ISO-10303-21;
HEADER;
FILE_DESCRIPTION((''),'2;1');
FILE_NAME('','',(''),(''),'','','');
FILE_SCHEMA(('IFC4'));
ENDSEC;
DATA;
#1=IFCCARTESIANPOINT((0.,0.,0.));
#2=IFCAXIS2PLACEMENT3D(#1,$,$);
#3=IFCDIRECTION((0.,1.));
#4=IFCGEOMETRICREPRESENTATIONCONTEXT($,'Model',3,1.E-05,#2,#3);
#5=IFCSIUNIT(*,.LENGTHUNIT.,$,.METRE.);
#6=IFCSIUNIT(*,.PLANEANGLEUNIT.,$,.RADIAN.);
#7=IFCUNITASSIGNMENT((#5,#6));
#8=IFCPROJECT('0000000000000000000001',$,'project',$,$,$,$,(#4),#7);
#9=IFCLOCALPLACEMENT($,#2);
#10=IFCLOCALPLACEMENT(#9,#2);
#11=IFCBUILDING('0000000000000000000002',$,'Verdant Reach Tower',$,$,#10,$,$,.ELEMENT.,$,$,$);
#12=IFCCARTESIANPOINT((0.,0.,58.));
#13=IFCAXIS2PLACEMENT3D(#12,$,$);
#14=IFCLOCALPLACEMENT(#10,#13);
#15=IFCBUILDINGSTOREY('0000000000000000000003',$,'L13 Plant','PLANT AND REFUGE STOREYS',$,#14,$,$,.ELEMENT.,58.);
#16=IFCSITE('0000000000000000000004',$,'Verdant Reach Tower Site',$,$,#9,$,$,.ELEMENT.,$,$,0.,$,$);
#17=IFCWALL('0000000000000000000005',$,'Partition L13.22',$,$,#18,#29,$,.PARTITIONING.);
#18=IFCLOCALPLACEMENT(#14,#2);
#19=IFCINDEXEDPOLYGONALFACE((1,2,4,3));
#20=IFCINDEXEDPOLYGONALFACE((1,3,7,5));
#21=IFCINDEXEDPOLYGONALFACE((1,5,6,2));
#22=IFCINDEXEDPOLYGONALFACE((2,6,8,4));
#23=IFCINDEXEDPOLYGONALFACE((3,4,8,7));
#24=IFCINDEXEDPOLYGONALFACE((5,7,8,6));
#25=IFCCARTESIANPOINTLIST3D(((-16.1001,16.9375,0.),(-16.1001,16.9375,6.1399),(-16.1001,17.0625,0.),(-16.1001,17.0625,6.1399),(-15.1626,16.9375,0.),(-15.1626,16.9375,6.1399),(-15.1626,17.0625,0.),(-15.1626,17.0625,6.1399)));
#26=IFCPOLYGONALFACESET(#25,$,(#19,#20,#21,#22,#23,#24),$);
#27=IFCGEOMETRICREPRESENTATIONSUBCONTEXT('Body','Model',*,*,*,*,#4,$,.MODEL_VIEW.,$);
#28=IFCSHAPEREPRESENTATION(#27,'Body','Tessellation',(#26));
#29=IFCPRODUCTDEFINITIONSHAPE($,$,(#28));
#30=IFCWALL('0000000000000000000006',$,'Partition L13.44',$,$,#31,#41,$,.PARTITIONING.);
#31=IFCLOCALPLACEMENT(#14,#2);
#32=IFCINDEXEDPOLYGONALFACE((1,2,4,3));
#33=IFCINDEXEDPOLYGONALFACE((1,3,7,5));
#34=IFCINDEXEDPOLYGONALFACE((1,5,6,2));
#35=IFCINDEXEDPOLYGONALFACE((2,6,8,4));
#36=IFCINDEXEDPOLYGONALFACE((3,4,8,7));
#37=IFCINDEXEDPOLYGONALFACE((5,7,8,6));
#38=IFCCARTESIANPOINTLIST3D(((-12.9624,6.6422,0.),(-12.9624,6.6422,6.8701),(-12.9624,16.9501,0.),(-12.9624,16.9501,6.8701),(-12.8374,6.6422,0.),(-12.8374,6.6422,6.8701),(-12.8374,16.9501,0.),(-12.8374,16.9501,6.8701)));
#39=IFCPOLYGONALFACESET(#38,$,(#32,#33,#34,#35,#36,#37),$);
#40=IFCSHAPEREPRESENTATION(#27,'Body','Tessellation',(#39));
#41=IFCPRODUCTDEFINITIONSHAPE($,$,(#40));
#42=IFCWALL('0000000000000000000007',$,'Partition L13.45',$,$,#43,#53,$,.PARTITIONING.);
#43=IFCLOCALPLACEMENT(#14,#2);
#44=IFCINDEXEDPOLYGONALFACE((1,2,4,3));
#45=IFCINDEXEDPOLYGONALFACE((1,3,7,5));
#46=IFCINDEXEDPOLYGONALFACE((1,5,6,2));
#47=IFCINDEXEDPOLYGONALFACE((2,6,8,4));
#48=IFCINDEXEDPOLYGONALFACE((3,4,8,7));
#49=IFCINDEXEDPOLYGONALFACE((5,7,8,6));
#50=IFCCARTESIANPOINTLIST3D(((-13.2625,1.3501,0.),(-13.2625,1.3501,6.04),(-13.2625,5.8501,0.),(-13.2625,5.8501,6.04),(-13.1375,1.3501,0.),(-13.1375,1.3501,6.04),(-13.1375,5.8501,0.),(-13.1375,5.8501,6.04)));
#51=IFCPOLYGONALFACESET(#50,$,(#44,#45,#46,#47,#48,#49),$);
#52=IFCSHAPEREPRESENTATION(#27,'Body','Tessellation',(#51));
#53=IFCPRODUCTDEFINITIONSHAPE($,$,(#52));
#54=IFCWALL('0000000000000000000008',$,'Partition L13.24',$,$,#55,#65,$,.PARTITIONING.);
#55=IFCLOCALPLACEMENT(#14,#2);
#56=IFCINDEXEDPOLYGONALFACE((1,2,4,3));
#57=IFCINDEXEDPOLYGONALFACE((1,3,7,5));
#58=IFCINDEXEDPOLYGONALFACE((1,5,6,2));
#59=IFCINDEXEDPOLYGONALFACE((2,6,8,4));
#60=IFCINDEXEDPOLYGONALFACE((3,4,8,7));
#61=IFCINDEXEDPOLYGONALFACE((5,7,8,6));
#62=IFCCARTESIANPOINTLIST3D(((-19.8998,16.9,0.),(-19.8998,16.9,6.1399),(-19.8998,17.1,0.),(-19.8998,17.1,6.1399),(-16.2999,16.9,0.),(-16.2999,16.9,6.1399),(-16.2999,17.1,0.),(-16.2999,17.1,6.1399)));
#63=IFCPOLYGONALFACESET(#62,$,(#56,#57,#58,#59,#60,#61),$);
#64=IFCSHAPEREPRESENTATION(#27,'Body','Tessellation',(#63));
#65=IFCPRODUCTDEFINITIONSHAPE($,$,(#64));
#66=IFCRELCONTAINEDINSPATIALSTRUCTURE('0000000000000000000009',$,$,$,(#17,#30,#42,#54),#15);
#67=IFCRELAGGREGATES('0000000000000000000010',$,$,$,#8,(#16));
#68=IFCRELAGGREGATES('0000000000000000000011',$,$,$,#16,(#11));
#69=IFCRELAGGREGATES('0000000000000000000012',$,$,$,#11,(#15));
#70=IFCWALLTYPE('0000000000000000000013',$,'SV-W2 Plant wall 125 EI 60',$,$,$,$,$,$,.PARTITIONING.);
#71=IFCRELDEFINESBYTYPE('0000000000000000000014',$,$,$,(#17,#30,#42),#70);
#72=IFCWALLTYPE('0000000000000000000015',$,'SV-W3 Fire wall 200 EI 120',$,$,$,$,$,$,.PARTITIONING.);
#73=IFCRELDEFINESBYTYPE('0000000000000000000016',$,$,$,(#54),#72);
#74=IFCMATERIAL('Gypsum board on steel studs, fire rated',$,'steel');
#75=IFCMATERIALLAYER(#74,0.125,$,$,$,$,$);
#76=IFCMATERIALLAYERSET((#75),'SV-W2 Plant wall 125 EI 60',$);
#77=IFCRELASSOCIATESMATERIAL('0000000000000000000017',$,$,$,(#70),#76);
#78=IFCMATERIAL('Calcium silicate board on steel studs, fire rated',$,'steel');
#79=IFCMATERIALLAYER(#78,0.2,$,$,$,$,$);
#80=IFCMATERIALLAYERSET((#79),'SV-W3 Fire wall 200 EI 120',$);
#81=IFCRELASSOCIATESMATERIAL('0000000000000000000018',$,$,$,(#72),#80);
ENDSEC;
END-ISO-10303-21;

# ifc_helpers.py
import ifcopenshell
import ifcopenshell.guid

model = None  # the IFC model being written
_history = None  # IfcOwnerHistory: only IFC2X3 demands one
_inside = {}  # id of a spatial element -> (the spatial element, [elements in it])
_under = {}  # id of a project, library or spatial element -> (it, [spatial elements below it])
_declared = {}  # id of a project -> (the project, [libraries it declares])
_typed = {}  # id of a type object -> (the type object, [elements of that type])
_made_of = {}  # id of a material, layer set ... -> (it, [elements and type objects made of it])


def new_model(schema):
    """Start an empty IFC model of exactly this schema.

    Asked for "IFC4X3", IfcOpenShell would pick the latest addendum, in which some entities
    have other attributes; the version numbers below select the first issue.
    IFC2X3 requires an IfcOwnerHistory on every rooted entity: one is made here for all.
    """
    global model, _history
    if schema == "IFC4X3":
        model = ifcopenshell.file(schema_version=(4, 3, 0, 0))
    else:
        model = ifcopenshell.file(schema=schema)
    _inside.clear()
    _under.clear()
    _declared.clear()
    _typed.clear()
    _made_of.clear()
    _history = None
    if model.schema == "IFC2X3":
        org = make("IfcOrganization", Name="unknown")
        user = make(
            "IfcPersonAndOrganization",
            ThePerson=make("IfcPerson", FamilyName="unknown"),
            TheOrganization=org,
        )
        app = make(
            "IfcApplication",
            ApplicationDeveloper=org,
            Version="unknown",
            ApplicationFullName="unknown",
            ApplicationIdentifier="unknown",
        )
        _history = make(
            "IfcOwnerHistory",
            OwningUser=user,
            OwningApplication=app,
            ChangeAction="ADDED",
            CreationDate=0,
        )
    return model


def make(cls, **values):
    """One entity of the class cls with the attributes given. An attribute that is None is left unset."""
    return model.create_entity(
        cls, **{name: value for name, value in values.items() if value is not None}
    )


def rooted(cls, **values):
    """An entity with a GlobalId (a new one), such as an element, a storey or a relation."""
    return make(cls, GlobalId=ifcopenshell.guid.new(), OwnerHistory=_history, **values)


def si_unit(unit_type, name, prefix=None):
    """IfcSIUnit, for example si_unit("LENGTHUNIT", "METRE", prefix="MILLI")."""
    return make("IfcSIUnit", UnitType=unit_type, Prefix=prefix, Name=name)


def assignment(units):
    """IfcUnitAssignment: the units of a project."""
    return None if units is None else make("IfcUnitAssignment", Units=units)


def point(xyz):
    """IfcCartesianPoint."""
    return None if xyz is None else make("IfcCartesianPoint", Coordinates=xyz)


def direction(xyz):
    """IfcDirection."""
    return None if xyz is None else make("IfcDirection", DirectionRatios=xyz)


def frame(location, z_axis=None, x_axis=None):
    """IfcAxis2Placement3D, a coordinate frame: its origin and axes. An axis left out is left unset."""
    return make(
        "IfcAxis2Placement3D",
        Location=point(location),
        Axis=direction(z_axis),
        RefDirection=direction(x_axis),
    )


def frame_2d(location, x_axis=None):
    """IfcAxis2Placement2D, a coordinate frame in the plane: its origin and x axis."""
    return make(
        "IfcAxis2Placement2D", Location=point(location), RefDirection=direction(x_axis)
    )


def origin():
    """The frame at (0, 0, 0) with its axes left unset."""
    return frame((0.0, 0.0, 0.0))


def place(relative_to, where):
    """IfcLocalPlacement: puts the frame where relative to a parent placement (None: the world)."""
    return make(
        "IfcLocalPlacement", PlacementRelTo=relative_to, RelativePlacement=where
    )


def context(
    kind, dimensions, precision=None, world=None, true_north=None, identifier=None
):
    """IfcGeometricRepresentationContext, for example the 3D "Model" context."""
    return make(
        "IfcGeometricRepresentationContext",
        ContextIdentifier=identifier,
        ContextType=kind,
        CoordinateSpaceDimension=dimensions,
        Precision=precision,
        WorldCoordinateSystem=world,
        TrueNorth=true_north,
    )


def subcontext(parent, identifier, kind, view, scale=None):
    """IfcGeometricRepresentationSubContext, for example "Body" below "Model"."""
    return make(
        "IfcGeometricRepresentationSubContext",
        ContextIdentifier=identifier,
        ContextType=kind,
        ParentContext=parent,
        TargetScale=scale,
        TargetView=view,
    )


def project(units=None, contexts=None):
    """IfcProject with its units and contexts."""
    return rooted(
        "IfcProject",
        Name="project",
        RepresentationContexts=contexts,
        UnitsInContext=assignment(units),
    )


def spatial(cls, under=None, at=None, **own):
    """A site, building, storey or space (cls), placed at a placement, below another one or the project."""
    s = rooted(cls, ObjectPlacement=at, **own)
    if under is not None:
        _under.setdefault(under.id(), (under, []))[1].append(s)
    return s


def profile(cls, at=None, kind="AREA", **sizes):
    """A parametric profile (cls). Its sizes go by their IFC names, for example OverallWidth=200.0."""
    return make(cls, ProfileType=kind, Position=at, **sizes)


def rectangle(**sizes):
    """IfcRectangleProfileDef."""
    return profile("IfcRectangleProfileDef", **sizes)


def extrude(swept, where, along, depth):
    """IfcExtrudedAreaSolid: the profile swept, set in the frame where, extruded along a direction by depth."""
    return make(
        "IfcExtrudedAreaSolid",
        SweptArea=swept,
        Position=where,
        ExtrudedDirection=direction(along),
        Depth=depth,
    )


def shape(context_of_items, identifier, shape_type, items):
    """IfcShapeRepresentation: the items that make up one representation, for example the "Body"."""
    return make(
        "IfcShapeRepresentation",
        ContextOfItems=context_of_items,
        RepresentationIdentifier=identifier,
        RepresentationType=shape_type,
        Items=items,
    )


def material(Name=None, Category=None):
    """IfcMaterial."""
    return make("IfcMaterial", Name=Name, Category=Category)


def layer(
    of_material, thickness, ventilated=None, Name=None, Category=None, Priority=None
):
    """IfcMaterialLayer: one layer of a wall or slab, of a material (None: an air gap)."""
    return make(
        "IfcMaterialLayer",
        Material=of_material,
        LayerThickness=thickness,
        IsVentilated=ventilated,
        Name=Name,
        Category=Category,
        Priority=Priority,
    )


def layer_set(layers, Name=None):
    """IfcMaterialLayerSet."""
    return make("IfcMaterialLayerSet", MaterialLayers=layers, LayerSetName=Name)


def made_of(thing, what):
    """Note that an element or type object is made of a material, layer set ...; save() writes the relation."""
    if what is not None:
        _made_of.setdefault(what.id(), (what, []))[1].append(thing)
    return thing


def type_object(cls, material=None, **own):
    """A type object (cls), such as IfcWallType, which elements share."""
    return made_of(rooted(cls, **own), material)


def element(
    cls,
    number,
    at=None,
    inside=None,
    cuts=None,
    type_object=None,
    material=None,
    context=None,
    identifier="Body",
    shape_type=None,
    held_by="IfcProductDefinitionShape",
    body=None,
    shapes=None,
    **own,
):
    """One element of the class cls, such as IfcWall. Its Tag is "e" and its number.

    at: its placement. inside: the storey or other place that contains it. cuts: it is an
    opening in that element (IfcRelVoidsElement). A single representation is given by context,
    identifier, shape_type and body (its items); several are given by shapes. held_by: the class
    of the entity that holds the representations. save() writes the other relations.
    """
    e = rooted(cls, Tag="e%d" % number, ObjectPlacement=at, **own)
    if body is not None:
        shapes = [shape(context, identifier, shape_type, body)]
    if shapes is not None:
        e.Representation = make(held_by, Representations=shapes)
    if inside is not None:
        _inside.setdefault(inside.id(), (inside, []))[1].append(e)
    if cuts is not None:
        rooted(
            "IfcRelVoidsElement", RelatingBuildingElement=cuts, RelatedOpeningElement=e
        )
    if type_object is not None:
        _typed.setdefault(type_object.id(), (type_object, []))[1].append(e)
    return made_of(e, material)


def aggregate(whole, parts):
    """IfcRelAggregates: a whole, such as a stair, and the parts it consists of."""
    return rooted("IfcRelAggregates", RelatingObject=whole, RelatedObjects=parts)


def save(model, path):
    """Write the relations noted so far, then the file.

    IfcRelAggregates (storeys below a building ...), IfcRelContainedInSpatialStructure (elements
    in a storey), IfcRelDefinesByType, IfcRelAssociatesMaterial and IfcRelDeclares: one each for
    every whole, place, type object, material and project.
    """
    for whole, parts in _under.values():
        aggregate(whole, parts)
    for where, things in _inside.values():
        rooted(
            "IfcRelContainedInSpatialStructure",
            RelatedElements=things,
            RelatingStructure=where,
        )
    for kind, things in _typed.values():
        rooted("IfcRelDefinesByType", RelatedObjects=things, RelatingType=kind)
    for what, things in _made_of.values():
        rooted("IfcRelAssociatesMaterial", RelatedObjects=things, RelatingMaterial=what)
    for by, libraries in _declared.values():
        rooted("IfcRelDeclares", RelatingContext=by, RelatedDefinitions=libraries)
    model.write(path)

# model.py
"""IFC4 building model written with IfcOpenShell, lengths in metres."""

from ifc_helpers import new_model, si_unit, direction, frame, frame_2d, origin, place, context, subcontext, project, spatial, rectangle, extrude, material, layer, layer_set, type_object, element, save


model = new_model("IFC4")

# Units and contexts
model_context = context("Model", 3, precision=1e-05, world=origin(), true_north=direction((0.0, 1.0)))
body_context = subcontext(model_context, "Body", "Model", "MODEL_VIEW")
ifc_project = project(units=[si_unit("LENGTHUNIT", "METRE"), si_unit("PLANEANGLEUNIT", "RADIAN")], contexts=[model_context])

# Site, building, storey
site_placement = place(None, origin())
site = spatial("IfcSite", under=ifc_project, at=site_placement, Name="Verdant Reach Tower Site", CompositionType="ELEMENT", RefElevation=0.0)
building_placement = place(site_placement, origin())
building = spatial("IfcBuilding", under=site, at=building_placement, Name="Verdant Reach Tower", CompositionType="ELEMENT")
storey_placement = place(building_placement, frame((0.0, 0.0, 58.0)))
storey = spatial("IfcBuildingStorey", under=building, at=storey_placement, Name="L13 Plant", Description="PLANT AND REFUGE STOREYS", CompositionType="ELEMENT", Elevation=58.0)

# Shared definitions
ifc_material_1 = material(Name="Gypsum board on steel studs, fire rated", Category="steel")
ifc_layer_1 = layer(ifc_material_1, 0.125)
ifc_layer_set_1 = layer_set([ifc_layer_1], Name="SV-W2 Plant wall 125 EI 60")
wall_type_1 = type_object("IfcWallType", Name="SV-W2 Plant wall 125 EI 60", PredefinedType="PARTITIONING", material=ifc_layer_set_1)

# Walls
wall_1_placement = place(storey_placement, frame((-15.1626, 17.0, 0.0), z_axis=(0.0, 0.0, 1.0), x_axis=(-1.0, 0.0, 0.0)))
element("IfcWall", 1, at=wall_1_placement, inside=storey, type_object=wall_type_1, Name="Partition L13.22", PredefinedType="PARTITIONING", context=body_context, shape_type="SweptSolid", body=[
    extrude(rectangle(XDim=0.9375, YDim=0.125, at=frame_2d((0.4688, 0.0))), origin(), (0.0, 0.0, 1.0), 6.1399),
])
wall_2_placement = place(storey_placement, frame((-12.8999, 16.95, 0.0), z_axis=(0.0, 0.0, 1.0), x_axis=(0.0, -1.0, 0.0)))
element("IfcWall", 2, at=wall_2_placement, inside=storey, type_object=wall_type_1, Name="Partition L13.44", PredefinedType="PARTITIONING", context=body_context, shape_type="SweptSolid", body=[
    extrude(rectangle(XDim=10.3079, YDim=0.125, at=frame_2d((5.1538, 0.0))), origin(), (0.0, 0.0, 1.0), 6.8701),
])
wall_3_placement = place(storey_placement, frame((-13.2, 5.8501, 0.0), z_axis=(0.0, 0.0, 1.0), x_axis=(0.0, -1.0, 0.0)))
element("IfcWall", 3, at=wall_3_placement, inside=storey, type_object=wall_type_1, Name="Partition L13.45", PredefinedType="PARTITIONING", context=body_context, shape_type="SweptSolid", body=[
    extrude(rectangle(XDim=4.5, YDim=0.125, at=frame_2d((2.25, 0.0))), origin(), (0.0, 0.0, 1.0), 6.04),
])
ifc_material_2 = material(Name="Calcium silicate board on steel studs, fire rated", Category="steel")
ifc_layer_2 = layer(ifc_material_2, 0.2)
ifc_layer_set_2 = layer_set([ifc_layer_2], Name="SV-W3 Fire wall 200 EI 120")
wall_type_2 = type_object("IfcWallType", Name="SV-W3 Fire wall 200 EI 120", PredefinedType="PARTITIONING", material=ifc_layer_set_2)
wall_4_placement = place(storey_placement, frame((-16.3, 17.0, 0.0), z_axis=(0.0, 0.0, 1.0), x_axis=(-1.0, 0.0, 0.0)))
element("IfcWall", 4, at=wall_4_placement, inside=storey, type_object=wall_type_2, Name="Partition L13.24", PredefinedType="PARTITIONING", context=body_context, shape_type="SweptSolid", body=[
    extrude(rectangle(XDim=3.5999, YDim=0.2, at=frame_2d((1.7998, 0.0))), origin(), (0.0, 0.0, 1.0), 6.1399),
])

save(model, "model.ifc")
